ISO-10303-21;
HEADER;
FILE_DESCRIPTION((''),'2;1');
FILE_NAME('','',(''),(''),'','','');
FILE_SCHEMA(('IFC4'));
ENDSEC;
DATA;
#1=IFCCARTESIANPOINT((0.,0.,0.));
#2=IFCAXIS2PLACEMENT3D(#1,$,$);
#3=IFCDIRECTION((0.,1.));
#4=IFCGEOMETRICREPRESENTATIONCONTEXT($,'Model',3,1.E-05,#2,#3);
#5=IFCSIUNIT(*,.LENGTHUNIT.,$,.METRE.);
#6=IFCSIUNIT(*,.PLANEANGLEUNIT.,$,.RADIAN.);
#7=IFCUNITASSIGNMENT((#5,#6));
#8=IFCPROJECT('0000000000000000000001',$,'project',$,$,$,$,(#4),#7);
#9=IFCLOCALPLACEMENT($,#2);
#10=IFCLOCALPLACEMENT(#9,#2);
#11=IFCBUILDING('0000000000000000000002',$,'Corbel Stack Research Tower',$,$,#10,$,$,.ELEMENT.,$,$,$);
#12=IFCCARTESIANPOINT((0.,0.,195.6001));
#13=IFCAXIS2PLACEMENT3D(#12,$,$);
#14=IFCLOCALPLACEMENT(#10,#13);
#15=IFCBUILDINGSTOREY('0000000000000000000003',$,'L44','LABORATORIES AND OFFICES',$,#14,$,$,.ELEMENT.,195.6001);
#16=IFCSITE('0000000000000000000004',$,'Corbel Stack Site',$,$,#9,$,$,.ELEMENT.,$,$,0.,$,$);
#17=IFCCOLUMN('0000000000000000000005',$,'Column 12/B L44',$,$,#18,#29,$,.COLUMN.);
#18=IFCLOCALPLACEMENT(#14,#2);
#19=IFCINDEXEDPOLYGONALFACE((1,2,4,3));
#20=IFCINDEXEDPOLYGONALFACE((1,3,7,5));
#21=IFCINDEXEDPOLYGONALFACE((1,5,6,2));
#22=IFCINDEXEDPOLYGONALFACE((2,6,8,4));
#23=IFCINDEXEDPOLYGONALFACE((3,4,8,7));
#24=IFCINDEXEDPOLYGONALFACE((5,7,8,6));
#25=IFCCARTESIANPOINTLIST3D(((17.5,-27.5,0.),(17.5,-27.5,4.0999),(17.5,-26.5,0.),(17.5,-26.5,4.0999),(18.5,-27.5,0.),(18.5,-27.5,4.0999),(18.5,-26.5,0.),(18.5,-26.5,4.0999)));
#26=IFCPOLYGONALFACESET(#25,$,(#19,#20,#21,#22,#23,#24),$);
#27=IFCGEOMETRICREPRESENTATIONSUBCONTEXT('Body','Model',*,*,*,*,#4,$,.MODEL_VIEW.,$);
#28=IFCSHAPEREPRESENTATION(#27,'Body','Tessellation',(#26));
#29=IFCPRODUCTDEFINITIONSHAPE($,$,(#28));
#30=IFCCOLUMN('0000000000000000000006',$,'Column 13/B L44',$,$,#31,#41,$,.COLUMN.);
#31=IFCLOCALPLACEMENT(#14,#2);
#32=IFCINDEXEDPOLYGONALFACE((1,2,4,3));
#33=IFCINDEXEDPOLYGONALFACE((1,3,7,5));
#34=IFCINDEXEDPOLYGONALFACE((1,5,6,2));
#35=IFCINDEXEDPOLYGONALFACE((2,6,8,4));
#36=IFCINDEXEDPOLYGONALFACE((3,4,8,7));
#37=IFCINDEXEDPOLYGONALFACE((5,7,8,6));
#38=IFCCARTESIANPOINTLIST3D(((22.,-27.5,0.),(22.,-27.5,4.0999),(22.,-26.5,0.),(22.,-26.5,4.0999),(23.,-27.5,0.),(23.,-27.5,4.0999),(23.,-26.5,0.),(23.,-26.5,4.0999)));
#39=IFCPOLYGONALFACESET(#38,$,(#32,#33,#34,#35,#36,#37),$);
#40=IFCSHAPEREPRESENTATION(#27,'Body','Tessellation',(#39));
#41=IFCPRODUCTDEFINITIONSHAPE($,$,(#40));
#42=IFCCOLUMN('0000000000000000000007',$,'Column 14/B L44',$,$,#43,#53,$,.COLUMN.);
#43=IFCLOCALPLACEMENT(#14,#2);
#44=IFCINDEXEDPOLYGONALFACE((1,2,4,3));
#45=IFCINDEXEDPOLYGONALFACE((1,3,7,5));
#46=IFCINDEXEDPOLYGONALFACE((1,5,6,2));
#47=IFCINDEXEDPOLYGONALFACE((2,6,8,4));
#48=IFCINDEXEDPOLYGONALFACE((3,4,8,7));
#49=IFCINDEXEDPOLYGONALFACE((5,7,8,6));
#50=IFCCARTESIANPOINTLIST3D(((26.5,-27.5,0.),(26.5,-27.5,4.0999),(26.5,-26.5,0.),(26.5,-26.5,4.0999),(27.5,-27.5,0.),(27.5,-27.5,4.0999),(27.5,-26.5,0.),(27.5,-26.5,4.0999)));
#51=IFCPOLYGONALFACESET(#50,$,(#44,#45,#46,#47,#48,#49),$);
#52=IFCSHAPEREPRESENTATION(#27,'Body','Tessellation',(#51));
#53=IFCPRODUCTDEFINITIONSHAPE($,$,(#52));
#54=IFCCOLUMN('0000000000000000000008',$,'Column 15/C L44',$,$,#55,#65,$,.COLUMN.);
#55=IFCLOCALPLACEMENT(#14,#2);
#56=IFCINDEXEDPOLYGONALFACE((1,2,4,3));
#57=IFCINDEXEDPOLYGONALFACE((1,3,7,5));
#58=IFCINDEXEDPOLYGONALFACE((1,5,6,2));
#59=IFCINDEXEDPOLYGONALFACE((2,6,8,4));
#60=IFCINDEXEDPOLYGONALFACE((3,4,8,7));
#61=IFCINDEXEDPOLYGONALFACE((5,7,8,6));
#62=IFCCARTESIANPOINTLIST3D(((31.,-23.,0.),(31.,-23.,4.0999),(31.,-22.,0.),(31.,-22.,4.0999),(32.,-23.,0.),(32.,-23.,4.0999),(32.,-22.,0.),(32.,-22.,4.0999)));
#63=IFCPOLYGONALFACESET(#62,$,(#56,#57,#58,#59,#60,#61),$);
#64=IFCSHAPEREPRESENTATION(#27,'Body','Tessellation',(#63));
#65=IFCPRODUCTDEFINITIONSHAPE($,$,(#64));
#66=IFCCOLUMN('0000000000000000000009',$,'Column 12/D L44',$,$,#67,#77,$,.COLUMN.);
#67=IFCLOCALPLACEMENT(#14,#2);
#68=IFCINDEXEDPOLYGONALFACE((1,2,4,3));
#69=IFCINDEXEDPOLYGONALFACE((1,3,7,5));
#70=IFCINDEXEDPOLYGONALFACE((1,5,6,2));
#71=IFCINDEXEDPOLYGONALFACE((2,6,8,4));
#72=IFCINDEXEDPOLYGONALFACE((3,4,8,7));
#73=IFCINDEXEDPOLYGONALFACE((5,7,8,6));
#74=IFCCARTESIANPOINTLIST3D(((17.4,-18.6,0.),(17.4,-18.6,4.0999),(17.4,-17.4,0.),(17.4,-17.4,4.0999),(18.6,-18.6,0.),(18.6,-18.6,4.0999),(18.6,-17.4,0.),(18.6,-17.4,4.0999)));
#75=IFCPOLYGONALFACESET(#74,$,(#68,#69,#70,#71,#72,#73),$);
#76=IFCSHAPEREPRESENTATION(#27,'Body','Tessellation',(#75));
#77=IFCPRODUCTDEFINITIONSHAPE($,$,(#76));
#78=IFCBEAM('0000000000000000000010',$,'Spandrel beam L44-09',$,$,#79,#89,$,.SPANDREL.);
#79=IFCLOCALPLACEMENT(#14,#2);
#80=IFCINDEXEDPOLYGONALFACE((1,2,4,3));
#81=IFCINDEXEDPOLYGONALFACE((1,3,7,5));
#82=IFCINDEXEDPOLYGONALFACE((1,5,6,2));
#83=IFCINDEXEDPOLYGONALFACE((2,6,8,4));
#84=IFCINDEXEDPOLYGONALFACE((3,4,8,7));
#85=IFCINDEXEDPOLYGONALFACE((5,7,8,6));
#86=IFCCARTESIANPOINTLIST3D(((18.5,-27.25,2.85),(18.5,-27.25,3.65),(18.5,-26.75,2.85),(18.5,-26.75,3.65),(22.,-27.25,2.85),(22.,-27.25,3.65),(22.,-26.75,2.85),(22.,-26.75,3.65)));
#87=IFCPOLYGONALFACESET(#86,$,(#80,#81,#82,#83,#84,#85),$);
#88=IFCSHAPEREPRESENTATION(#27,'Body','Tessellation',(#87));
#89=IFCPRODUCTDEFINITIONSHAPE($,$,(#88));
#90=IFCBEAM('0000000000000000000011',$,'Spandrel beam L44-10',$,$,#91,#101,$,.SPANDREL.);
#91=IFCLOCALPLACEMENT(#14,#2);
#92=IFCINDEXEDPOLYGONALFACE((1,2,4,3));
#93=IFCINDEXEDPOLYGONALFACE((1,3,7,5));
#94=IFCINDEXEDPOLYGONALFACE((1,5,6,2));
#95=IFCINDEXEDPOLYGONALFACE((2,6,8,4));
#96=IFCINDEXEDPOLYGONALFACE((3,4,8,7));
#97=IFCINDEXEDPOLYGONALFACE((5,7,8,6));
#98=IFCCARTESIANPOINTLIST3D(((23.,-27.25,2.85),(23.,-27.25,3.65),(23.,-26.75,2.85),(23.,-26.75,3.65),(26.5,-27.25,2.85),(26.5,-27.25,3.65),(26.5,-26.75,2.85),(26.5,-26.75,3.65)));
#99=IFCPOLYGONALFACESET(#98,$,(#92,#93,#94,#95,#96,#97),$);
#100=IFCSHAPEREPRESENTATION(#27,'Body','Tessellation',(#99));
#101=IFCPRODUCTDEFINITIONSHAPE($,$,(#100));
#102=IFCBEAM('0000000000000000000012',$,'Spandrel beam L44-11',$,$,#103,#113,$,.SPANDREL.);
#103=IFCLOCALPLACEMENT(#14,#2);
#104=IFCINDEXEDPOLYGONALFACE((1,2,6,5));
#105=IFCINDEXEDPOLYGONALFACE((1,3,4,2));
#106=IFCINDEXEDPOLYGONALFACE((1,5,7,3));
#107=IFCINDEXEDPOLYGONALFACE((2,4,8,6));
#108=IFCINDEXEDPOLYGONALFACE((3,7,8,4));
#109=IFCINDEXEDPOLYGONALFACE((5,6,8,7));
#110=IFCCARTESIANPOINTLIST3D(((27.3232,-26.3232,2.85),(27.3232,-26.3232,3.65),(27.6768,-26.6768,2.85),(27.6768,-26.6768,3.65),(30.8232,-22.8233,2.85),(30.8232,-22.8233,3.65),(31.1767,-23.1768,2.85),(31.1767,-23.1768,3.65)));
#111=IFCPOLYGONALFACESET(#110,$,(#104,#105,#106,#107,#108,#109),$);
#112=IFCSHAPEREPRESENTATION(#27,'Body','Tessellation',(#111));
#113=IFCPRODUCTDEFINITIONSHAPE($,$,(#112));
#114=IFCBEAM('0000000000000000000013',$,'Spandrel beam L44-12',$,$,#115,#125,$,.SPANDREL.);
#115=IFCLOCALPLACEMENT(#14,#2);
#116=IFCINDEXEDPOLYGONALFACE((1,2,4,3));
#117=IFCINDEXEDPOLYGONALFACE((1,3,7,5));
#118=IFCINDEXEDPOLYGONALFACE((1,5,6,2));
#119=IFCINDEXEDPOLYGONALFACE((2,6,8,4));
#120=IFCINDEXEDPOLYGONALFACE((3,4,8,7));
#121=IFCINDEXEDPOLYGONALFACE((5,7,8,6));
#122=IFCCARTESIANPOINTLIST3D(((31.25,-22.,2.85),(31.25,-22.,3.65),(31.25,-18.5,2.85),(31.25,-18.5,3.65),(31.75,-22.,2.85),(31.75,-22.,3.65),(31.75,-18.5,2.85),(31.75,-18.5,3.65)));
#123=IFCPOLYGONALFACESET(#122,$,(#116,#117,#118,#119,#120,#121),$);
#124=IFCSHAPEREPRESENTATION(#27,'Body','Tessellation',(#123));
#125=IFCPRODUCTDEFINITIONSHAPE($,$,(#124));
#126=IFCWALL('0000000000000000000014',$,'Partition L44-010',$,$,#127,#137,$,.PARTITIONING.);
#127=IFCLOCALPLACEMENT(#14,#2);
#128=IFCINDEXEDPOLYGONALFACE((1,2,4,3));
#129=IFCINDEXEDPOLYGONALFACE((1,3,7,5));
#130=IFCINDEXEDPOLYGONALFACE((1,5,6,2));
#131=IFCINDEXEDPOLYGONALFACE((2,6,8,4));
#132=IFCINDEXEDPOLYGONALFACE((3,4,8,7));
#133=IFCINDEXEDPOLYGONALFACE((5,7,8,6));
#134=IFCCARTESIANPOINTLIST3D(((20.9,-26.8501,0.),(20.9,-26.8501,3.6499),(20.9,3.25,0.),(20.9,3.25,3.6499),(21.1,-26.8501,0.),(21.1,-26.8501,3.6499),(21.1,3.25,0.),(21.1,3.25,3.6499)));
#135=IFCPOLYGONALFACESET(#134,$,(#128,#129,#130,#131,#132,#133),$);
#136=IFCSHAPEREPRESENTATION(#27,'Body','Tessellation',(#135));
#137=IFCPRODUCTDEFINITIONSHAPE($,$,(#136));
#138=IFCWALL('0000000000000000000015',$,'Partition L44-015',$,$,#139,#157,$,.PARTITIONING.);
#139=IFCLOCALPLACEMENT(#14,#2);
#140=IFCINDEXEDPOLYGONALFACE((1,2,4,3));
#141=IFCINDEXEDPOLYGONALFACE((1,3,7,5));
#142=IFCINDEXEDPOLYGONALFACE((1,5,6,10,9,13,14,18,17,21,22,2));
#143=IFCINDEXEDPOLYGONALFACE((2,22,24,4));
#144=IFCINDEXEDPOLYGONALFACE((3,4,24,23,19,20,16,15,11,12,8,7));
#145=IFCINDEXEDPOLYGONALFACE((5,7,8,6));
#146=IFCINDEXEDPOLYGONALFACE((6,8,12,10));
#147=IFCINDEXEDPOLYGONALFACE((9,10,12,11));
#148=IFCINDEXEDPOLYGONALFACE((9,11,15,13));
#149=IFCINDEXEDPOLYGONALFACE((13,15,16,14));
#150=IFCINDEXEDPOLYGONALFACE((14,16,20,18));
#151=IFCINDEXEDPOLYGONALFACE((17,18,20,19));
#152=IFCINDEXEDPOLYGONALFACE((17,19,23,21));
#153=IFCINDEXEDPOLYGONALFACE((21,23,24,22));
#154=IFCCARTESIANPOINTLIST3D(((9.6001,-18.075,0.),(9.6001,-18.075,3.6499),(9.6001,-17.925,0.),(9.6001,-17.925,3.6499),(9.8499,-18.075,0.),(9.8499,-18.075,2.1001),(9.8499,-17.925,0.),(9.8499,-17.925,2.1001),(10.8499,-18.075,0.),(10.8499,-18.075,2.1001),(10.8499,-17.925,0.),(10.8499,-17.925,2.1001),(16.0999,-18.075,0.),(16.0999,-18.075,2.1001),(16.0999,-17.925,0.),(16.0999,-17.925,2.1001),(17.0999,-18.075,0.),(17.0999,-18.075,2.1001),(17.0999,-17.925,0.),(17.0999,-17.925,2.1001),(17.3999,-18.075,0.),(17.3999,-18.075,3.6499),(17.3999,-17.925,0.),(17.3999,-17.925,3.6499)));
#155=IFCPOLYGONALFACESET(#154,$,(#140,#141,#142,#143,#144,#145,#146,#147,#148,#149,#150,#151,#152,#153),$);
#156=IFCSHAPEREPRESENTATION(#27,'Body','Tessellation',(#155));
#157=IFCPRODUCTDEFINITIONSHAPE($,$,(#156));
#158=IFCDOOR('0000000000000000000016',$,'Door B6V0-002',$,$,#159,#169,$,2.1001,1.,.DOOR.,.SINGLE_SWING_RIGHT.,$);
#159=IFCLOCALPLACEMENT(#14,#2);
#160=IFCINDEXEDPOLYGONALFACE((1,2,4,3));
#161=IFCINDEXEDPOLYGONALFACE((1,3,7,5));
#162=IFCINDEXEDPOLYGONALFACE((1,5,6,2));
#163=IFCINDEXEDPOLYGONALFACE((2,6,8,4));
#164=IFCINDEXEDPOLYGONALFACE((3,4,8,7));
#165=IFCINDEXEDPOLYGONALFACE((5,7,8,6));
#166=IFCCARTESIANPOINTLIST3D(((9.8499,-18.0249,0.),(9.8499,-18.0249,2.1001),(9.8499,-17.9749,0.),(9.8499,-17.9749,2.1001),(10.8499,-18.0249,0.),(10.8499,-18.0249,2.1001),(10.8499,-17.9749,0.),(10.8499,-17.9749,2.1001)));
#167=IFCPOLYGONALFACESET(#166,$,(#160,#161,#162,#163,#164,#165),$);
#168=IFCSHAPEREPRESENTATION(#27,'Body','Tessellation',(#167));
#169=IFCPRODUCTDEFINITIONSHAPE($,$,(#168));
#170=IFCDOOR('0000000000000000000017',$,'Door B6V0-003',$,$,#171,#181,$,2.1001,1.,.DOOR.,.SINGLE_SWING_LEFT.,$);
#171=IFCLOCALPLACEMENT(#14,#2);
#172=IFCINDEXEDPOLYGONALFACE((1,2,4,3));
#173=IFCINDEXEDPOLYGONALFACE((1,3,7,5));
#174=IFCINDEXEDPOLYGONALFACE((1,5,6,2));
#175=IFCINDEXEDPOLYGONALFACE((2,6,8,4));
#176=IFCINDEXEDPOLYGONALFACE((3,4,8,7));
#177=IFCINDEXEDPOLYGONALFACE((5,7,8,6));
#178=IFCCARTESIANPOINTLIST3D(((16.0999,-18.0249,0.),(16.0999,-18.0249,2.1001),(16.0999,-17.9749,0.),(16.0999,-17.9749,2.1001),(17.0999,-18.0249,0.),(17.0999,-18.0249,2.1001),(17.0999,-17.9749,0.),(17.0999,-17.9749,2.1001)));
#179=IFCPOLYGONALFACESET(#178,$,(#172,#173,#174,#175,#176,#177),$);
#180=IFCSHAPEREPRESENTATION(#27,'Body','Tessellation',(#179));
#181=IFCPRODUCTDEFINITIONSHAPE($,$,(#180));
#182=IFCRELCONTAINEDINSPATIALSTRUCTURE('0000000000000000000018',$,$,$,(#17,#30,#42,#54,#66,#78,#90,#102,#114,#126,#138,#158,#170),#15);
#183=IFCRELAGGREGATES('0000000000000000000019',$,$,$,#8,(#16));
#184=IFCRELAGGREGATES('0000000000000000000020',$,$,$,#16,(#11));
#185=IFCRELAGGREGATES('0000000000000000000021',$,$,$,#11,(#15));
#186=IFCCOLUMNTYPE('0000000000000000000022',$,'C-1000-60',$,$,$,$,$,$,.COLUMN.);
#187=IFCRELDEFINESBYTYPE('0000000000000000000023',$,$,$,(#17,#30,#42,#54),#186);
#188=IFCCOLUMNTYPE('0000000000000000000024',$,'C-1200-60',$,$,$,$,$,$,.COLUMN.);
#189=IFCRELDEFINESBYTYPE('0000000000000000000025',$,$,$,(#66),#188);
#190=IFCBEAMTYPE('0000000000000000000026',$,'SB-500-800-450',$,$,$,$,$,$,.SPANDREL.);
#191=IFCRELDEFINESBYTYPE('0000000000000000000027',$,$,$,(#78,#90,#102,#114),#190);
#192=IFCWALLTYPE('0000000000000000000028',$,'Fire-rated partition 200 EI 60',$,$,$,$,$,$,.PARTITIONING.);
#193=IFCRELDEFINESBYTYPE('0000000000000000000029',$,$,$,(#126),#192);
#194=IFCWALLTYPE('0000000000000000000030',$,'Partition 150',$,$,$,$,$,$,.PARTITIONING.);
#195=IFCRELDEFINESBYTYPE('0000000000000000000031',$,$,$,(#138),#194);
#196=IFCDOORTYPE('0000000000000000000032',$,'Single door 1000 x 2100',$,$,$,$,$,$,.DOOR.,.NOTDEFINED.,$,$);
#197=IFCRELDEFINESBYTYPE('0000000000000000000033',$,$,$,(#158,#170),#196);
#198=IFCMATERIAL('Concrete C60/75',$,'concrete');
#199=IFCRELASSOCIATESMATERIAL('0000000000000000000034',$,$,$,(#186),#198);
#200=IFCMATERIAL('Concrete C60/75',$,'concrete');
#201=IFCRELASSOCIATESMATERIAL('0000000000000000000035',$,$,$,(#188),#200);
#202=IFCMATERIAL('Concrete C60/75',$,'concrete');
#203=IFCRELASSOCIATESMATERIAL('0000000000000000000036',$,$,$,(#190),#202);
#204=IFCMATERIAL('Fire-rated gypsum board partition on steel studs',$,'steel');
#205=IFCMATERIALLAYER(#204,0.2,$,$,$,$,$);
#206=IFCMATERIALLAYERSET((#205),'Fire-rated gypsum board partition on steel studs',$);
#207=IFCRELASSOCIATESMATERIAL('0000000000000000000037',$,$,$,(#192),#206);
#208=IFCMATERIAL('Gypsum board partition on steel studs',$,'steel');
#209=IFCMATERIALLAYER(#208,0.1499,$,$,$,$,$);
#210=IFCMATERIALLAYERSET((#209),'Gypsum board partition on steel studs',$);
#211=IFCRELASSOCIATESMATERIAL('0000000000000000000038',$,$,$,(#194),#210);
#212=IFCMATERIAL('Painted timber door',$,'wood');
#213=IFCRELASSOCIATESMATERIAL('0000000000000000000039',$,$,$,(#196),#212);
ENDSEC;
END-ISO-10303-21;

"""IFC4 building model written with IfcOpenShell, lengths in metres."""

from ifc_helpers import new_model, si_unit, direction, frame, frame_2d, origin, origin_2d, place, context, subcontext, project, spatial, rectangle, extrude, material, layer, layer_set, material_profile, profile_set, type_object, element, fill, save


model = new_model("IFC4")

# Units and contexts
model_context = context("Model", 3, precision=1e-05, world=origin(), true_north=direction((0.0, 1.0)))
body_context = subcontext(model_context, "Body", "Model", "MODEL_VIEW")
ifc_project = project(units=[si_unit("LENGTHUNIT", "METRE"), si_unit("PLANEANGLEUNIT", "RADIAN")], contexts=[model_context])

# Site, building, storey
site_placement = place(None, origin())
site = spatial("IfcSite", under=ifc_project, at=site_placement, Name="Corbel Stack Site", CompositionType="ELEMENT", RefElevation=0.0)
building_placement = place(site_placement, origin())
building = spatial("IfcBuilding", under=site, at=building_placement, Name="Corbel Stack Research Tower", CompositionType="ELEMENT")
storey_placement = place(building_placement, frame((0.0, 0.0, 195.6001)))
storey = spatial("IfcBuildingStorey", under=building, at=storey_placement, Name="L44", Description="LABORATORIES AND OFFICES", CompositionType="ELEMENT", Elevation=195.6001)

# Columns
ifc_material_1 = material(Name="Concrete C60/75", Category="concrete")
ifc_material_profile_1 = material_profile(ifc_material_1, rectangle(XDim=1.0, YDim=1.0, at=origin_2d()), Name="RC 1000 x 1000")
ifc_profile_set_1 = profile_set([ifc_material_profile_1], Name="Concrete C60/75")
column_type_1 = type_object("IfcColumnType", Name="C-1000-60", PredefinedType="COLUMN", material=ifc_profile_set_1)
for number, where, z_axis, x_axis, name in (
    (1, (18.0, -27.0, 0.0), (0.0, 0.0, 1.0), (1.0, 0.0, 0.0), "Column 12/B L44"),
    (2, (22.5, -27.0, 0.0), (0.0, 0.0, 1.0), (1.0, 0.0, 0.0), "Column 13/B L44"),
    (3, (27.0, -27.0, 0.0), (0.0, 0.0, 1.0), (1.0, 0.0, 0.0), "Column 14/B L44"),
    (4, (31.5, -22.5, 0.0), (0.0, 0.0, 1.0), (1.0, 0.0, 0.0), "Column 15/C L44"),
):
    element("IfcColumn", number, at=place(storey_placement, frame(where, z_axis=z_axis, x_axis=x_axis)), inside=storey, type_object=column_type_1, Name=name, PredefinedType="COLUMN", context=body_context, shape_type="SweptSolid", body=[
        extrude(rectangle(XDim=1.0, YDim=1.0, at=origin_2d()), origin(), (0.0, 0.0, 1.0), 4.0999),
    ])
ifc_material_2 = material(Name="Concrete C60/75", Category="concrete")
ifc_material_profile_2 = material_profile(ifc_material_2, rectangle(XDim=1.2, YDim=1.2, at=origin_2d()), Name="RC 1200 x 1200")
ifc_profile_set_2 = profile_set([ifc_material_profile_2], Name="Concrete C60/75")
column_type_2 = type_object("IfcColumnType", Name="C-1200-60", PredefinedType="COLUMN", material=ifc_profile_set_2)
column_placement = place(storey_placement, frame((18.0, -18.0, 0.0), z_axis=(0.0, 0.0, 1.0), x_axis=(1.0, 0.0, 0.0)))
element("IfcColumn", 5, at=column_placement, inside=storey, type_object=column_type_2, Name="Column 12/D L44", PredefinedType="COLUMN", context=body_context, shape_type="SweptSolid", body=[
    extrude(rectangle(XDim=1.2, YDim=1.2, at=origin_2d()), origin(), (0.0, 0.0, 1.0), 4.0999),
])

# Beams
ifc_material_3 = material(Name="Concrete C60/75", Category="concrete")
ifc_material_profile_3 = material_profile(ifc_material_3, rectangle(XDim=0.5, YDim=0.8, at=origin_2d()), Name="RC 500 x 800")
ifc_profile_set_3 = profile_set([ifc_material_profile_3], Name="Concrete C60/75")
beam_type = type_object("IfcBeamType", Name="SB-500-800-450", PredefinedType="SPANDREL", material=ifc_profile_set_3)
for number, where, z_axis, x_axis, name in (
    (6, (18.5, -27.0, 3.25), (1.0, 0.0, 0.0), (0.0, 1.0, 0.0), "Spandrel beam L44-09"),
    (7, (23.0, -27.0, 3.25), (1.0, 0.0, 0.0), (0.0, 1.0, 0.0), "Spandrel beam L44-10"),
):
    element("IfcBeam", number, at=place(storey_placement, frame(where, z_axis=z_axis, x_axis=x_axis)), inside=storey, type_object=beam_type, Name=name, PredefinedType="SPANDREL", context=body_context, shape_type="SweptSolid", body=[
        extrude(rectangle(XDim=0.5, YDim=0.8, at=origin_2d()), origin(), (0.0, 0.0, 1.0), 3.5),
    ])
beam_1_placement = place(storey_placement, frame((27.5, -26.5, 3.25), z_axis=(0.707107, 0.707107, 0.0), x_axis=(-0.707107, 0.707107, 0.0)))
element("IfcBeam", 8, at=beam_1_placement, inside=storey, type_object=beam_type, Name="Spandrel beam L44-11", PredefinedType="SPANDREL", context=body_context, shape_type="SweptSolid", body=[
    extrude(rectangle(XDim=0.5, YDim=0.8, at=origin_2d()), origin(), (0.0, 0.0, 1.0), 4.9497),
])
beam_2_placement = place(storey_placement, frame((31.5, -22.0, 3.25), z_axis=(0.0, 1.0, 0.0), x_axis=(-1.0, 0.0, 0.0)))
element("IfcBeam", 9, at=beam_2_placement, inside=storey, type_object=beam_type, Name="Spandrel beam L44-12", PredefinedType="SPANDREL", context=body_context, shape_type="SweptSolid", body=[
    extrude(rectangle(XDim=0.5, YDim=0.8, at=origin_2d()), origin(), (0.0, 0.0, 1.0), 3.5),
])

# Wall
ifc_material_4 = material(Name="Fire-rated gypsum board partition on steel studs", Category="steel")
ifc_layer_1 = layer(ifc_material_4, 0.2)
ifc_layer_set_1 = layer_set([ifc_layer_1], Name="Fire-rated gypsum board partition on steel studs")
wall_type_1 = type_object("IfcWallType", Name="Fire-rated partition 200 EI 60", PredefinedType="PARTITIONING", material=ifc_layer_set_1)
wall_1_placement = place(storey_placement, frame((21.0, -26.8501, 0.0), z_axis=(0.0, 0.0, 1.0), x_axis=(0.0, 1.0, 0.0)))
element("IfcWall", 10, at=wall_1_placement, inside=storey, type_object=wall_type_1, Name="Partition L44-010", PredefinedType="PARTITIONING", context=body_context, shape_type="SweptSolid", body=[
    extrude(rectangle(XDim=30.1001, YDim=0.2, at=frame_2d((15.05, 0.0))), origin(), (0.0, 0.0, 1.0), 3.6499),
])

# Wall, openings, doors
ifc_material_5 = material(Name="Gypsum board partition on steel studs", Category="steel")
ifc_layer_2 = layer(ifc_material_5, 0.1499)
ifc_layer_set_2 = layer_set([ifc_layer_2], Name="Gypsum board partition on steel studs")
wall_type_2 = type_object("IfcWallType", Name="Partition 150", PredefinedType="PARTITIONING", material=ifc_layer_set_2)
wall_2_placement = place(storey_placement, frame((17.3999, -18.0, 0.0), z_axis=(0.0, 0.0, 1.0), x_axis=(-1.0, 0.0, 0.0)))
wall_2 = element("IfcWall", 11, at=wall_2_placement, inside=storey, type_object=wall_type_2, Name="Partition L44-015", PredefinedType="PARTITIONING", context=body_context, shape_type="SweptSolid", body=[
    extrude(rectangle(XDim=7.7998, YDim=0.1499, at=frame_2d((3.8999, 0.0))), origin(), (0.0, 0.0, 1.0), 3.6499),
])
opening_1_placement = place(wall_2_placement, frame((6.55, 0.0, 0.0)))
opening_1 = element("IfcOpeningElement", 12, at=opening_1_placement, cuts=wall_2, PredefinedType="OPENING", context=body_context, shape_type="SweptSolid", body=[
    extrude(rectangle(XDim=1.0, YDim=2.1001, at=frame_2d((0.5, 1.05))), frame((0.0, 0.085, 0.0), z_axis=(0.0, -1.0, 0.0), x_axis=(1.0, 0.0, 0.0)), (0.0, 0.0, 1.0), 0.1699),
])
opening_2_placement = place(wall_2_placement, frame((0.3, 0.0, 0.0)))
opening_2 = element("IfcOpeningElement", 13, at=opening_2_placement, cuts=wall_2, PredefinedType="OPENING", context=body_context, shape_type="SweptSolid", body=[
    extrude(rectangle(XDim=1.0, YDim=2.1001, at=frame_2d((0.5, 1.05))), frame((0.0, 0.085, 0.0), z_axis=(0.0, -1.0, 0.0), x_axis=(1.0, 0.0, 0.0)), (0.0, 0.0, 1.0), 0.1699),
])
ifc_material_6 = material(Name="Painted timber door", Category="wood")
door_type_1 = type_object("IfcDoorType", Name="Single door 1000 x 2100", OperationType="NOTDEFINED", PredefinedType="DOOR", material=ifc_material_6)
door_1_placement = place(opening_1_placement, origin())
door_1 = element("IfcDoor", 14, at=door_1_placement, inside=storey, type_object=door_type_1, Name="Door B6V0-002", OperationType="SINGLE_SWING_RIGHT", OverallHeight=2.1001, OverallWidth=1.0, PredefinedType="DOOR", context=body_context, shape_type="SweptSolid", body=[
    extrude(rectangle(XDim=1.0, YDim=2.1001, at=frame_2d((0.5, 1.05))), frame((0.0, 0.0249, 0.0), z_axis=(0.0, -1.0, 0.0), x_axis=(1.0, 0.0, 0.0)), (0.0, 0.0, 1.0), 0.05),
])
fill(opening_1, door_1)
door_2_placement = place(opening_2_placement, origin())
door_2 = element("IfcDoor", 15, at=door_2_placement, inside=storey, type_object=door_type_1, Name="Door B6V0-003", OperationType="SINGLE_SWING_LEFT", OverallHeight=2.1001, OverallWidth=1.0, PredefinedType="DOOR", context=body_context, shape_type="SweptSolid", body=[
    extrude(rectangle(XDim=1.0, YDim=2.1001, at=frame_2d((0.5, 1.05))), frame((0.0, 0.0249, 0.0), z_axis=(0.0, -1.0, 0.0), x_axis=(1.0, 0.0, 0.0)), (0.0, 0.0, 1.0), 0.05),
])
fill(opening_2, door_2)

save(model, "model.ifc")
